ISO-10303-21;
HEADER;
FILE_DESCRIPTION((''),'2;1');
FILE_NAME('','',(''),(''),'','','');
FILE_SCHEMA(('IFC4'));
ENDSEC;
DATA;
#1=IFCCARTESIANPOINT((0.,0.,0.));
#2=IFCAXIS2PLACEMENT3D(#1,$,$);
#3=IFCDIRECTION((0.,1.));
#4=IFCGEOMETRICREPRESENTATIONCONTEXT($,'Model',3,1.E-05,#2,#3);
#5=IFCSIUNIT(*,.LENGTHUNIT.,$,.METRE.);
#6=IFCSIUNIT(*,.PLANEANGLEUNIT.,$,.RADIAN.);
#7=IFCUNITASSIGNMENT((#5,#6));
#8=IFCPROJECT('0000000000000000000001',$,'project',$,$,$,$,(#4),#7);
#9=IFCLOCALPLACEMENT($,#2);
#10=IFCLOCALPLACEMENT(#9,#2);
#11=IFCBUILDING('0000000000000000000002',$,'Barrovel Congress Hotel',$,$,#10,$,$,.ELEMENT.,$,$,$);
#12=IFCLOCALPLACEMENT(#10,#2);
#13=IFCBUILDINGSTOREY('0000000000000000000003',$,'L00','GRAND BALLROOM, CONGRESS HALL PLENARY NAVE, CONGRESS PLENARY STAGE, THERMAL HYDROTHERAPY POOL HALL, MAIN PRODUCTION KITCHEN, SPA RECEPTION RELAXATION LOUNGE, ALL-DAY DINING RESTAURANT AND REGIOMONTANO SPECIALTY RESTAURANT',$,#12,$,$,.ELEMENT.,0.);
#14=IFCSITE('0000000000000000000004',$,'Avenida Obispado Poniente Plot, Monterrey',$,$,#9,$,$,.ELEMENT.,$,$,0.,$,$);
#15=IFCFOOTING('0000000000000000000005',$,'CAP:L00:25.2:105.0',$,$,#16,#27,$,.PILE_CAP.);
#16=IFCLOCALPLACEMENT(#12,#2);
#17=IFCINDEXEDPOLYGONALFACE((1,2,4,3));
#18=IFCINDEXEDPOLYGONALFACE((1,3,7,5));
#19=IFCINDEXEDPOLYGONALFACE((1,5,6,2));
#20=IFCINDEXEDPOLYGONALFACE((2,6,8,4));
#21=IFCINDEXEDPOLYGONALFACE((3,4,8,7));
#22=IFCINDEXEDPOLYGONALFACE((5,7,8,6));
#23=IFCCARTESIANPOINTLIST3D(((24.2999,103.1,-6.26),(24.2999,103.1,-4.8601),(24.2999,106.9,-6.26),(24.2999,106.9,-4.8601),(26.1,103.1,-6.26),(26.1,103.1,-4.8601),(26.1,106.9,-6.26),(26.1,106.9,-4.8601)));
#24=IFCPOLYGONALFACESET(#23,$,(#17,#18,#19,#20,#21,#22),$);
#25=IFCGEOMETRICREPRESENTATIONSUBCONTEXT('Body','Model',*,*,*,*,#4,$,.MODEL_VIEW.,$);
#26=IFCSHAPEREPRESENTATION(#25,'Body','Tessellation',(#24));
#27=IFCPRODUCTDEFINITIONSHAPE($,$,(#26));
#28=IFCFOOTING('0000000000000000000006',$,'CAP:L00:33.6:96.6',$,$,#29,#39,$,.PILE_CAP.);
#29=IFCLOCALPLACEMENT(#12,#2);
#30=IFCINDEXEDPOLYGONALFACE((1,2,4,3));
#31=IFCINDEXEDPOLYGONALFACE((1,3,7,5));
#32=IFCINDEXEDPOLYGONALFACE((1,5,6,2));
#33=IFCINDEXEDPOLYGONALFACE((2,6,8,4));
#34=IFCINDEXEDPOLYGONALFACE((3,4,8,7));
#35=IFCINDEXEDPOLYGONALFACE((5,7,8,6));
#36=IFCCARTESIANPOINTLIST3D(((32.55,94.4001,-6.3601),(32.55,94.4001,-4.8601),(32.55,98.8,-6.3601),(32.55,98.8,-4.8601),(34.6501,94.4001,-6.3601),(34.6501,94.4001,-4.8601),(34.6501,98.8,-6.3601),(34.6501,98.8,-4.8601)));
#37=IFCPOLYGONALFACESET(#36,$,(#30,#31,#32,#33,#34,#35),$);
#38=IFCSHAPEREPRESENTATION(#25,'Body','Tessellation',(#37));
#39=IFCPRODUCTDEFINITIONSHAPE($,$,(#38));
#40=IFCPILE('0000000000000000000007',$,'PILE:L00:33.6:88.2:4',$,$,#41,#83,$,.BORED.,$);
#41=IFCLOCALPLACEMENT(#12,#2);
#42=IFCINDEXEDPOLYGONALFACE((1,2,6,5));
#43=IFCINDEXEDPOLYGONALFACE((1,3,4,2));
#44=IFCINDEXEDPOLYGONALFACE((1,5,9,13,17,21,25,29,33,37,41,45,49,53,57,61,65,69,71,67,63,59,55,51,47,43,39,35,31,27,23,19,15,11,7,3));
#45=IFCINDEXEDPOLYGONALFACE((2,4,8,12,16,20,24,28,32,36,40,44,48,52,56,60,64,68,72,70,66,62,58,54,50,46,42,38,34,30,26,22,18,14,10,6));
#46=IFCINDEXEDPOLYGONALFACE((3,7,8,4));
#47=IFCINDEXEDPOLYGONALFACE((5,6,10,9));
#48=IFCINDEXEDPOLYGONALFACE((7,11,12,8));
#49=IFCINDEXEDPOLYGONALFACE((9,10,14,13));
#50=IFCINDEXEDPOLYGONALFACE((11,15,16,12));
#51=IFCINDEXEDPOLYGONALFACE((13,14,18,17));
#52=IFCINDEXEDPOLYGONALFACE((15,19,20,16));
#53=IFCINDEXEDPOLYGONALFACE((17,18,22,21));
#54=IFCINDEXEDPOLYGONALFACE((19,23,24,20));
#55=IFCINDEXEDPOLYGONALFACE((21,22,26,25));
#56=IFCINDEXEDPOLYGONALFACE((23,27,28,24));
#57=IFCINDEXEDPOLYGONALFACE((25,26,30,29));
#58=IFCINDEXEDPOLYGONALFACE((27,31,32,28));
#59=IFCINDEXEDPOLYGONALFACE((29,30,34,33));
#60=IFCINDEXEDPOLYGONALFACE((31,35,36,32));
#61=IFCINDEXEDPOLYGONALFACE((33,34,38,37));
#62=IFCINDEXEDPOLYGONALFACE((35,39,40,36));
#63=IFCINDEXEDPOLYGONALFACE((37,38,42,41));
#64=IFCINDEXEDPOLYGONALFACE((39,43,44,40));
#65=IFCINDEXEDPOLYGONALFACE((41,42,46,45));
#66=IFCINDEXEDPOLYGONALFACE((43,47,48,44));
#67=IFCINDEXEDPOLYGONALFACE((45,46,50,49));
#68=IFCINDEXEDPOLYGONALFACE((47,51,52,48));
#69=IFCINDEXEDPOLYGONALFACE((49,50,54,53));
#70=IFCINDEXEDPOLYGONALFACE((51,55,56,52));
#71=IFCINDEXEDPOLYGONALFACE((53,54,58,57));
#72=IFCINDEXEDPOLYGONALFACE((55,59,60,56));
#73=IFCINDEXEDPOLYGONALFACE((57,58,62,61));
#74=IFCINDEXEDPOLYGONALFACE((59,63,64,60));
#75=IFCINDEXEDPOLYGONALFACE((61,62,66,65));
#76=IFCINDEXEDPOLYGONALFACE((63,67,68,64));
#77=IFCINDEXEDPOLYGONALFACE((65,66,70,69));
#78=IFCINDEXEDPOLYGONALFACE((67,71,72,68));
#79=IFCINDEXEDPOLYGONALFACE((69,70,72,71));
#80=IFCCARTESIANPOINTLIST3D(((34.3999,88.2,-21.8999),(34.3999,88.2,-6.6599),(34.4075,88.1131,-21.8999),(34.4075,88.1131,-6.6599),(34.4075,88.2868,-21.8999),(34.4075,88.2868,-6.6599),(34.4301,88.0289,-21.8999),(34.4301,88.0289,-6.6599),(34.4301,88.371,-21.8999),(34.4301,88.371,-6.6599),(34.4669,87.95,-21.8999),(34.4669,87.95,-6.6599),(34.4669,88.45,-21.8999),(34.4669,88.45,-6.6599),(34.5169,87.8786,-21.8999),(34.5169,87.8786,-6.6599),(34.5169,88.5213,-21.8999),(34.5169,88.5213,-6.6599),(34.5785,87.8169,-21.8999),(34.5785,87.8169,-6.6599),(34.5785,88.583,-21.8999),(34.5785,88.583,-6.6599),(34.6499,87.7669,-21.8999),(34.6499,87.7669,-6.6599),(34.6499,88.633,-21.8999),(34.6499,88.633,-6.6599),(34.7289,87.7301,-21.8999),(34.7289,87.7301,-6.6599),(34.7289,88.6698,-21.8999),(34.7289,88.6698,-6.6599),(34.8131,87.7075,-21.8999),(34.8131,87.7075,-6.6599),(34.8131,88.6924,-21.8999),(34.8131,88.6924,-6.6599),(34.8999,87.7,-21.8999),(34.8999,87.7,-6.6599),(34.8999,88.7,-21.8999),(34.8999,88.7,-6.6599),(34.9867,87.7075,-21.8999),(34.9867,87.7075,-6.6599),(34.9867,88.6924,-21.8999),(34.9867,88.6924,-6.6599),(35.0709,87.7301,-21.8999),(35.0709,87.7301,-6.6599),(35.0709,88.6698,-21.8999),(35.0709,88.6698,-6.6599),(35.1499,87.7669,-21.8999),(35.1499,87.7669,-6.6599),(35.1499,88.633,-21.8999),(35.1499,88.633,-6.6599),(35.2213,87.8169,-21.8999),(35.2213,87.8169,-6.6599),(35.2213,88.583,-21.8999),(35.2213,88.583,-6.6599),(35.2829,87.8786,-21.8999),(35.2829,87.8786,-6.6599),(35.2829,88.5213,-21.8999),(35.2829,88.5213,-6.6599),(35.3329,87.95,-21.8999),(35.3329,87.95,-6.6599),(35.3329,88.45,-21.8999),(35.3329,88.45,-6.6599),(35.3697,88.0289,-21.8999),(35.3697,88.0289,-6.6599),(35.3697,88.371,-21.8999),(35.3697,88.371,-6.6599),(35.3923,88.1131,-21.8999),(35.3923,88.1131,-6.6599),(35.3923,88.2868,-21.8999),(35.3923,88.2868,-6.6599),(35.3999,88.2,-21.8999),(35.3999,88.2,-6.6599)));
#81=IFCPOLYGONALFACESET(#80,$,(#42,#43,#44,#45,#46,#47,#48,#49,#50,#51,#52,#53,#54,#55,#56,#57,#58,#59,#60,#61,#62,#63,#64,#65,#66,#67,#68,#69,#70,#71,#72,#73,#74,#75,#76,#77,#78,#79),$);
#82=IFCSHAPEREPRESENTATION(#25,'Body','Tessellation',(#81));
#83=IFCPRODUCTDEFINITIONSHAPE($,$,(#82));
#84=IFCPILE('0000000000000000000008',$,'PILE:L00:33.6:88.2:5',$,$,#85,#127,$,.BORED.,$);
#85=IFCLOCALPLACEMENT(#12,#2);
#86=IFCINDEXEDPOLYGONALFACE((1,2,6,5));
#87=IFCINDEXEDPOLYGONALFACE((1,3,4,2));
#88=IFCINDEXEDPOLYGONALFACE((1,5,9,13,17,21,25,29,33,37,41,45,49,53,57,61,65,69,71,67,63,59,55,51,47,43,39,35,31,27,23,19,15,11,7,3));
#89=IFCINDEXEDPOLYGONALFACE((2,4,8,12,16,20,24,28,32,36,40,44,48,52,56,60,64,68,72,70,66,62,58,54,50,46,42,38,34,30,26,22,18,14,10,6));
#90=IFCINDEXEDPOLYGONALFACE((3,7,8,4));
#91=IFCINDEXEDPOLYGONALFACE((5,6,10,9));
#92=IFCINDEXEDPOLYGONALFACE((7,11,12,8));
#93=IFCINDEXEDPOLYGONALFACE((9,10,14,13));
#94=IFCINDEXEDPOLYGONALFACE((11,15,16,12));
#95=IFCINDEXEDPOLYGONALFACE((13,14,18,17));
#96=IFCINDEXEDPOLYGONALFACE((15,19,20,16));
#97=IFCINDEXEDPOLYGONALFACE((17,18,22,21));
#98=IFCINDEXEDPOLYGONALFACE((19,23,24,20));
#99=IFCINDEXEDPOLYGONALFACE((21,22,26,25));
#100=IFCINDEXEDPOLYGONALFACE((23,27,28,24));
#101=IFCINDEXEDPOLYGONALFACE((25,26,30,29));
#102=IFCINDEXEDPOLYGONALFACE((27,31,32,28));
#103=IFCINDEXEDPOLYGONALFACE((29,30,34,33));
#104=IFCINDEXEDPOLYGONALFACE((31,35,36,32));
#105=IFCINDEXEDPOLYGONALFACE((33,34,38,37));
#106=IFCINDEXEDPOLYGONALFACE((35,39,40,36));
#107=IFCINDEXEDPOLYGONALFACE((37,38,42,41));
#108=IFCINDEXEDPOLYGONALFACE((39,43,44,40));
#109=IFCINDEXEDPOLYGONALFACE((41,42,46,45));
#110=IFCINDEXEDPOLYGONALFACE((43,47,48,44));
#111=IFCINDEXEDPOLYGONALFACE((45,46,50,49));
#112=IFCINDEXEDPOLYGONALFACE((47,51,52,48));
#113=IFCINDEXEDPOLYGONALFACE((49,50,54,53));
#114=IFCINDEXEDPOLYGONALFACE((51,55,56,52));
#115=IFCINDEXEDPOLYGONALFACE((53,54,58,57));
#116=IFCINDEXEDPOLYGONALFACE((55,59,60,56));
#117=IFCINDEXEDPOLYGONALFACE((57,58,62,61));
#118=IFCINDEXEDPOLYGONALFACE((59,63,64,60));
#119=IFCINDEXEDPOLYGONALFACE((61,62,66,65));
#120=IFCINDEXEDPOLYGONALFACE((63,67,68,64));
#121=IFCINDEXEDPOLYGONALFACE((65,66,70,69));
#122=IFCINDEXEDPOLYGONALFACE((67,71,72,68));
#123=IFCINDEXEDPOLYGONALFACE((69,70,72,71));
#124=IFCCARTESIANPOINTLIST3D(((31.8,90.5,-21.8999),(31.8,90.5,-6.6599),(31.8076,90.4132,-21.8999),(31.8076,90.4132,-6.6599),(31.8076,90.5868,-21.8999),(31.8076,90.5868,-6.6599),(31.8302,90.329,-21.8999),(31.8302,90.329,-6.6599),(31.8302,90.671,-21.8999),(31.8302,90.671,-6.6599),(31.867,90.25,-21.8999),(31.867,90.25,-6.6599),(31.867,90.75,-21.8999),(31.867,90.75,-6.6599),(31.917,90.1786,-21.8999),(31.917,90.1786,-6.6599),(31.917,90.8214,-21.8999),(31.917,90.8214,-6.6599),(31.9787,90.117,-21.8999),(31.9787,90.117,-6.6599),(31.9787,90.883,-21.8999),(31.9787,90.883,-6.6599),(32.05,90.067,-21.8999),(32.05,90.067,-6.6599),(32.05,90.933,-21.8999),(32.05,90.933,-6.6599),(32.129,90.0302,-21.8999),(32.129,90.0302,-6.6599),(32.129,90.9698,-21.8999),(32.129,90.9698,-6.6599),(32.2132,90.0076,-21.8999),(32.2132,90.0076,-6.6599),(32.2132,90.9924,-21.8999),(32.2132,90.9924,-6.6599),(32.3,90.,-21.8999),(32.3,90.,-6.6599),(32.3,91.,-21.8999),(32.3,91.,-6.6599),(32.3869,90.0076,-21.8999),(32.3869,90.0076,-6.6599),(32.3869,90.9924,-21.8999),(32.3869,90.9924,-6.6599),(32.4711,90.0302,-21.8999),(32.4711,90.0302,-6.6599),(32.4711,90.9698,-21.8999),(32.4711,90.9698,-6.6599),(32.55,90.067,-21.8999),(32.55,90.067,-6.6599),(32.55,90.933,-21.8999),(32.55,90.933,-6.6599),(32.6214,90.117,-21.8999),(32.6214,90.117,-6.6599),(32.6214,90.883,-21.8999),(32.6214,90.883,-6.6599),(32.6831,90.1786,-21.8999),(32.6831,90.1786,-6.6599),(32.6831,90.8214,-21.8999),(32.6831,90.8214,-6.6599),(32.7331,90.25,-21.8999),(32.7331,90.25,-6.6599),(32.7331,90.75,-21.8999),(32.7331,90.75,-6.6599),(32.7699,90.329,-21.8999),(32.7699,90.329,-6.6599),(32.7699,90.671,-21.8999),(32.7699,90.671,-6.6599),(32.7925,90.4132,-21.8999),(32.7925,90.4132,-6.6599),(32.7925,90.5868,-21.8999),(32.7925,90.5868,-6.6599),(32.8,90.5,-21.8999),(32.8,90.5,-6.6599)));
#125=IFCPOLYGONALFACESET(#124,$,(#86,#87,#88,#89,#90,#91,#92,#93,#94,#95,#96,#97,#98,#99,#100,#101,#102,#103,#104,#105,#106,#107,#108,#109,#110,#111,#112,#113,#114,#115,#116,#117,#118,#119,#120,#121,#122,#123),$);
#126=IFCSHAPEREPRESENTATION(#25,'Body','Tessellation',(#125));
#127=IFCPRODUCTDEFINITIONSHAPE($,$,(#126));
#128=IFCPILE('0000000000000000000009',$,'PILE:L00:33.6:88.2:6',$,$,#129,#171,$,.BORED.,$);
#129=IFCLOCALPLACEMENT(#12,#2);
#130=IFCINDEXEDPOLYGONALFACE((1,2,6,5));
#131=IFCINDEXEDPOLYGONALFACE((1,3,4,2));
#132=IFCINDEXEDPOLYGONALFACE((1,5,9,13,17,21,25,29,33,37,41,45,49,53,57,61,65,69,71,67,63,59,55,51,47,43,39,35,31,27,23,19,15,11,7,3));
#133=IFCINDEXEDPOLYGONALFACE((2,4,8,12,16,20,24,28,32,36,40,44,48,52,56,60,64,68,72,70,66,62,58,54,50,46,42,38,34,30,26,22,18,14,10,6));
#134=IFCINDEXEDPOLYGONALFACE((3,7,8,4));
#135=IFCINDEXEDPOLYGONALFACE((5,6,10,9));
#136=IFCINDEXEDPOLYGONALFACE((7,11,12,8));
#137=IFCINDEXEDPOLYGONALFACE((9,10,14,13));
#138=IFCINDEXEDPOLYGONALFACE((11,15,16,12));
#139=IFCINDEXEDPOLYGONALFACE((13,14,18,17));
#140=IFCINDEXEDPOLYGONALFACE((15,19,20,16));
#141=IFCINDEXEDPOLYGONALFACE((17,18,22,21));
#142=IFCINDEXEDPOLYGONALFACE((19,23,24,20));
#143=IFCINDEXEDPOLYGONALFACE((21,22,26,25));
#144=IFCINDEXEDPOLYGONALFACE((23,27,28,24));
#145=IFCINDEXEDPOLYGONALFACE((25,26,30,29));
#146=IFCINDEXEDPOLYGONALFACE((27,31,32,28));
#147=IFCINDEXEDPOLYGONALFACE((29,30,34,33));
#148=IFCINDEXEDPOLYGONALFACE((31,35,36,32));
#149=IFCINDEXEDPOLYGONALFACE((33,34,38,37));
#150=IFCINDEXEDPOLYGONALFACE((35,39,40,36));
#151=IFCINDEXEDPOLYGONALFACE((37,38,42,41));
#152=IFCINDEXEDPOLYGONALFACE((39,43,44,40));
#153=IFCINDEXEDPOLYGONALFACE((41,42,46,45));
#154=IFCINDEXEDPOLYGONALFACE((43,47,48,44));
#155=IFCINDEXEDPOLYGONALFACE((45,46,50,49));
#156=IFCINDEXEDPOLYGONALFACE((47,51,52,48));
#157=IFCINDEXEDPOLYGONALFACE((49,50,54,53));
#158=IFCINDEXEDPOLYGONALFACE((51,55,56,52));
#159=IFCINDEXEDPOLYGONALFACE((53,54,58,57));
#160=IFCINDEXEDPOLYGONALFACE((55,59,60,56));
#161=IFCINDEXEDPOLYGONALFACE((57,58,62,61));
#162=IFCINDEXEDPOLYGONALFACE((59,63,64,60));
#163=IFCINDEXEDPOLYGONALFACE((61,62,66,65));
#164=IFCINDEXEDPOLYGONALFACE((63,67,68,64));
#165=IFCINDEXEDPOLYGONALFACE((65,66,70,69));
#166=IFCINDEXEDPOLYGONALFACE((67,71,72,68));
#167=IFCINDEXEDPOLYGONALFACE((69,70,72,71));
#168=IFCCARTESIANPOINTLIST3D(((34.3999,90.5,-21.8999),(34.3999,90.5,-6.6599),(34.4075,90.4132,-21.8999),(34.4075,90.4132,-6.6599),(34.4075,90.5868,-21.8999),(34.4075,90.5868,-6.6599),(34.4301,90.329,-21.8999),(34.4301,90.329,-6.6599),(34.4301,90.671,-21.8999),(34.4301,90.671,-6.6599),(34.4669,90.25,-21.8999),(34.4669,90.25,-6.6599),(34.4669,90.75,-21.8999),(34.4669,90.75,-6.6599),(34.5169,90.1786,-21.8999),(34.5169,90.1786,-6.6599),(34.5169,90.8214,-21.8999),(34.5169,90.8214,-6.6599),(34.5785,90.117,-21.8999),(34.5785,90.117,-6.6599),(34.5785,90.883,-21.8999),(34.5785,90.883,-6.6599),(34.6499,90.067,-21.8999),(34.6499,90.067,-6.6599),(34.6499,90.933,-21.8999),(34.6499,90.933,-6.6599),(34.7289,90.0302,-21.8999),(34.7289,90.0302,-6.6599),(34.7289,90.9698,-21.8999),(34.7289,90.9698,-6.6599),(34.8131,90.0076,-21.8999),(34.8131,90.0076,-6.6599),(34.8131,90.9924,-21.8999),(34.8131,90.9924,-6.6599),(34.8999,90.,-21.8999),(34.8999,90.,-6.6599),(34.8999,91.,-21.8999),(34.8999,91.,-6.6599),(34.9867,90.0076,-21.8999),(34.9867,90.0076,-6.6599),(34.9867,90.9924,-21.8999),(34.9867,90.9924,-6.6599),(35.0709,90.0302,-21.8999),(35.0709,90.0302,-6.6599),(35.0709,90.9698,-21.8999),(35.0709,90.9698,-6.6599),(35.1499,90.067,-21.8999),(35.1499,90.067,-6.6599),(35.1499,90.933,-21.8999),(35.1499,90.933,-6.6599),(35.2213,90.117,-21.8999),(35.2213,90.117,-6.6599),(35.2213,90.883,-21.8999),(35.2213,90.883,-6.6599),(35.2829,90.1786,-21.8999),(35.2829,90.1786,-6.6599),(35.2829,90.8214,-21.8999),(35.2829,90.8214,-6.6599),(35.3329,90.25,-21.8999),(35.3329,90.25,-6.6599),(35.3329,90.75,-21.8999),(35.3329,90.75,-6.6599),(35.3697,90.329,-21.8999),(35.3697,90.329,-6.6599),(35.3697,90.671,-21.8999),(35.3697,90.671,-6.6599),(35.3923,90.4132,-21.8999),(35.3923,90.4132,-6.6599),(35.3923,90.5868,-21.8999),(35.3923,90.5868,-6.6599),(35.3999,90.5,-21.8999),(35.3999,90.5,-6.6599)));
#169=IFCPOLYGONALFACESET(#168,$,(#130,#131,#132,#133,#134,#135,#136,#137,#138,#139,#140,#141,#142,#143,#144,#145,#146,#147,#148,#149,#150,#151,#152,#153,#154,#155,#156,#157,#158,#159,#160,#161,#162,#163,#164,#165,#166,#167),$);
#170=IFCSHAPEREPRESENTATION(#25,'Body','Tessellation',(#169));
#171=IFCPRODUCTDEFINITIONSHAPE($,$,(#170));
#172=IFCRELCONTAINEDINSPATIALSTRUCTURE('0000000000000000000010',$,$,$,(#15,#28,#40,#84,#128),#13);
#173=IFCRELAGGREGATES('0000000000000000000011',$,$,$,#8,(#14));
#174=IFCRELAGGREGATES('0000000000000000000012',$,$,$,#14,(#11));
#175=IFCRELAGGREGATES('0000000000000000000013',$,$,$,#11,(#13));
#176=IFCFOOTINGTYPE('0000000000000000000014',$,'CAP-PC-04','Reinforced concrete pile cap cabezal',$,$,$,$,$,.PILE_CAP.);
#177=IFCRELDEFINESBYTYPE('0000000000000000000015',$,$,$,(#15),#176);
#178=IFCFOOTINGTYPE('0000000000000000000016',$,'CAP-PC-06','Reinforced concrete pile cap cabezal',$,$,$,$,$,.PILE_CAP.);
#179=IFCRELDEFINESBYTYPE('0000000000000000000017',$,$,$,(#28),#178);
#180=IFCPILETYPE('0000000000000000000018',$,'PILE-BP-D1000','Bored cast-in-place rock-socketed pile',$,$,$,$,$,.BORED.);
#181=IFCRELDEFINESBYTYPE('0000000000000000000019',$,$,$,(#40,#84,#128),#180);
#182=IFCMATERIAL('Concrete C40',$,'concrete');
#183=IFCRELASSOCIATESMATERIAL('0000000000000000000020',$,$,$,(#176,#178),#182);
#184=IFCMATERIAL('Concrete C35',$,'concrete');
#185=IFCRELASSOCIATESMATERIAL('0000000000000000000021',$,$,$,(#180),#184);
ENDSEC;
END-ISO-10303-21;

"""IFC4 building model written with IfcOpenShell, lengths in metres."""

from ifc_helpers import new_model, si_unit, direction, frame, origin, origin_2d, place, context, subcontext, project, spatial, rectangle, circle, extrude, material, material_profile, profile_set, type_object, element, save


model = new_model("IFC4")

# Units and contexts
model_context = context("Model", 3, precision=1e-05, world=origin(), true_north=direction((0.0, 1.0)))
body_context = subcontext(model_context, "Body", "Model", "MODEL_VIEW")
ifc_project = project(units=[si_unit("LENGTHUNIT", "METRE"), si_unit("PLANEANGLEUNIT", "RADIAN")], contexts=[model_context])

# Site, building, storey
site_placement = place(None, origin())
site = spatial("IfcSite", under=ifc_project, at=site_placement, Name="Avenida Obispado Poniente Plot, Monterrey", CompositionType="ELEMENT", RefElevation=0.0)
building_placement = place(site_placement, origin())
building = spatial("IfcBuilding", under=site, at=building_placement, Name="Barrovel Congress Hotel", CompositionType="ELEMENT")
storey_placement = place(building_placement, origin())
storey = spatial("IfcBuildingStorey", under=building, at=storey_placement, Name="L00", Description="GRAND BALLROOM, CONGRESS HALL PLENARY NAVE, CONGRESS PLENARY STAGE, THERMAL HYDROTHERAPY POOL HALL, MAIN PRODUCTION KITCHEN, SPA RECEPTION RELAXATION LOUNGE, ALL-DAY DINING RESTAURANT AND REGIOMONTANO SPECIALTY RESTAURANT", CompositionType="ELEMENT", Elevation=0.0)

# Footings
ifc_material_1 = material(Name="Concrete C40", Category="concrete")
footing_type_1 = type_object("IfcFootingType", Name="CAP-PC-04", Description="Reinforced concrete pile cap cabezal", PredefinedType="PILE_CAP", material=ifc_material_1)
footing_1_placement = place(storey_placement, frame((25.2, 105.0, -6.26), z_axis=(0.0, 0.0, 1.0), x_axis=(1.0, 0.0, 0.0)))
element("IfcFooting", 1, at=footing_1_placement, inside=storey, type_object=footing_type_1, Name="CAP:L00:25.2:105.0", PredefinedType="PILE_CAP", context=body_context, shape_type="SweptSolid", body=[
    extrude(rectangle(XDim=1.8, YDim=3.8, at=origin_2d()), origin(), (0.0, 0.0, 1.0), 1.3999),
])
footing_type_2 = type_object("IfcFootingType", Name="CAP-PC-06", Description="Reinforced concrete pile cap cabezal", PredefinedType="PILE_CAP", material=ifc_material_1)
footing_2_placement = place(storey_placement, frame((33.6001, 96.6001, -6.3601), z_axis=(0.0, 0.0, 1.0), x_axis=(1.0, 0.0, 0.0)))
element("IfcFooting", 2, at=footing_2_placement, inside=storey, type_object=footing_type_2, Name="CAP:L00:33.6:96.6", PredefinedType="PILE_CAP", context=body_context, shape_type="SweptSolid", body=[
    extrude(rectangle(XDim=2.1001, YDim=4.3999, at=origin_2d()), origin(), (0.0, 0.0, 1.0), 1.5),
])

# Piles
ifc_material_2 = material(Name="Concrete C35", Category="concrete")
ifc_material_profile_1 = material_profile(ifc_material_2, circle(Radius=0.5, at=origin_2d()), Name="BP-D1000")
ifc_profile_set_1 = profile_set([ifc_material_profile_1], Name="Concrete C35")
pile_type_1 = type_object("IfcPileType", Name="PILE-BP-D1000", Description="Bored cast-in-place rock-socketed pile", PredefinedType="BORED", material=ifc_profile_set_1)
for number, where, z_axis, x_axis, name in (
    (3, (34.8999, 88.2, -6.6599), (0.0, 0.0, -1.0), (1.0, 0.0, 0.0), "PILE:L00:33.6:88.2:4"),
    (4, (32.3, 90.5, -6.6599), (0.0, 0.0, -1.0), (1.0, 0.0, 0.0), "PILE:L00:33.6:88.2:5"),
    (5, (34.8999, 90.5, -6.6599), (0.0, 0.0, -1.0), (1.0, 0.0, 0.0), "PILE:L00:33.6:88.2:6"),
):
    element("IfcPile", number, at=place(storey_placement, frame(where, z_axis=z_axis, x_axis=x_axis)), inside=storey, type_object=pile_type_1, Name=name, PredefinedType="BORED", context=body_context, shape_type="SweptSolid", body=[
        extrude(circle(Radius=0.5, at=origin_2d()), origin(), (0.0, 0.0, 1.0), 15.24),
    ])

save(model, "model.ifc")
